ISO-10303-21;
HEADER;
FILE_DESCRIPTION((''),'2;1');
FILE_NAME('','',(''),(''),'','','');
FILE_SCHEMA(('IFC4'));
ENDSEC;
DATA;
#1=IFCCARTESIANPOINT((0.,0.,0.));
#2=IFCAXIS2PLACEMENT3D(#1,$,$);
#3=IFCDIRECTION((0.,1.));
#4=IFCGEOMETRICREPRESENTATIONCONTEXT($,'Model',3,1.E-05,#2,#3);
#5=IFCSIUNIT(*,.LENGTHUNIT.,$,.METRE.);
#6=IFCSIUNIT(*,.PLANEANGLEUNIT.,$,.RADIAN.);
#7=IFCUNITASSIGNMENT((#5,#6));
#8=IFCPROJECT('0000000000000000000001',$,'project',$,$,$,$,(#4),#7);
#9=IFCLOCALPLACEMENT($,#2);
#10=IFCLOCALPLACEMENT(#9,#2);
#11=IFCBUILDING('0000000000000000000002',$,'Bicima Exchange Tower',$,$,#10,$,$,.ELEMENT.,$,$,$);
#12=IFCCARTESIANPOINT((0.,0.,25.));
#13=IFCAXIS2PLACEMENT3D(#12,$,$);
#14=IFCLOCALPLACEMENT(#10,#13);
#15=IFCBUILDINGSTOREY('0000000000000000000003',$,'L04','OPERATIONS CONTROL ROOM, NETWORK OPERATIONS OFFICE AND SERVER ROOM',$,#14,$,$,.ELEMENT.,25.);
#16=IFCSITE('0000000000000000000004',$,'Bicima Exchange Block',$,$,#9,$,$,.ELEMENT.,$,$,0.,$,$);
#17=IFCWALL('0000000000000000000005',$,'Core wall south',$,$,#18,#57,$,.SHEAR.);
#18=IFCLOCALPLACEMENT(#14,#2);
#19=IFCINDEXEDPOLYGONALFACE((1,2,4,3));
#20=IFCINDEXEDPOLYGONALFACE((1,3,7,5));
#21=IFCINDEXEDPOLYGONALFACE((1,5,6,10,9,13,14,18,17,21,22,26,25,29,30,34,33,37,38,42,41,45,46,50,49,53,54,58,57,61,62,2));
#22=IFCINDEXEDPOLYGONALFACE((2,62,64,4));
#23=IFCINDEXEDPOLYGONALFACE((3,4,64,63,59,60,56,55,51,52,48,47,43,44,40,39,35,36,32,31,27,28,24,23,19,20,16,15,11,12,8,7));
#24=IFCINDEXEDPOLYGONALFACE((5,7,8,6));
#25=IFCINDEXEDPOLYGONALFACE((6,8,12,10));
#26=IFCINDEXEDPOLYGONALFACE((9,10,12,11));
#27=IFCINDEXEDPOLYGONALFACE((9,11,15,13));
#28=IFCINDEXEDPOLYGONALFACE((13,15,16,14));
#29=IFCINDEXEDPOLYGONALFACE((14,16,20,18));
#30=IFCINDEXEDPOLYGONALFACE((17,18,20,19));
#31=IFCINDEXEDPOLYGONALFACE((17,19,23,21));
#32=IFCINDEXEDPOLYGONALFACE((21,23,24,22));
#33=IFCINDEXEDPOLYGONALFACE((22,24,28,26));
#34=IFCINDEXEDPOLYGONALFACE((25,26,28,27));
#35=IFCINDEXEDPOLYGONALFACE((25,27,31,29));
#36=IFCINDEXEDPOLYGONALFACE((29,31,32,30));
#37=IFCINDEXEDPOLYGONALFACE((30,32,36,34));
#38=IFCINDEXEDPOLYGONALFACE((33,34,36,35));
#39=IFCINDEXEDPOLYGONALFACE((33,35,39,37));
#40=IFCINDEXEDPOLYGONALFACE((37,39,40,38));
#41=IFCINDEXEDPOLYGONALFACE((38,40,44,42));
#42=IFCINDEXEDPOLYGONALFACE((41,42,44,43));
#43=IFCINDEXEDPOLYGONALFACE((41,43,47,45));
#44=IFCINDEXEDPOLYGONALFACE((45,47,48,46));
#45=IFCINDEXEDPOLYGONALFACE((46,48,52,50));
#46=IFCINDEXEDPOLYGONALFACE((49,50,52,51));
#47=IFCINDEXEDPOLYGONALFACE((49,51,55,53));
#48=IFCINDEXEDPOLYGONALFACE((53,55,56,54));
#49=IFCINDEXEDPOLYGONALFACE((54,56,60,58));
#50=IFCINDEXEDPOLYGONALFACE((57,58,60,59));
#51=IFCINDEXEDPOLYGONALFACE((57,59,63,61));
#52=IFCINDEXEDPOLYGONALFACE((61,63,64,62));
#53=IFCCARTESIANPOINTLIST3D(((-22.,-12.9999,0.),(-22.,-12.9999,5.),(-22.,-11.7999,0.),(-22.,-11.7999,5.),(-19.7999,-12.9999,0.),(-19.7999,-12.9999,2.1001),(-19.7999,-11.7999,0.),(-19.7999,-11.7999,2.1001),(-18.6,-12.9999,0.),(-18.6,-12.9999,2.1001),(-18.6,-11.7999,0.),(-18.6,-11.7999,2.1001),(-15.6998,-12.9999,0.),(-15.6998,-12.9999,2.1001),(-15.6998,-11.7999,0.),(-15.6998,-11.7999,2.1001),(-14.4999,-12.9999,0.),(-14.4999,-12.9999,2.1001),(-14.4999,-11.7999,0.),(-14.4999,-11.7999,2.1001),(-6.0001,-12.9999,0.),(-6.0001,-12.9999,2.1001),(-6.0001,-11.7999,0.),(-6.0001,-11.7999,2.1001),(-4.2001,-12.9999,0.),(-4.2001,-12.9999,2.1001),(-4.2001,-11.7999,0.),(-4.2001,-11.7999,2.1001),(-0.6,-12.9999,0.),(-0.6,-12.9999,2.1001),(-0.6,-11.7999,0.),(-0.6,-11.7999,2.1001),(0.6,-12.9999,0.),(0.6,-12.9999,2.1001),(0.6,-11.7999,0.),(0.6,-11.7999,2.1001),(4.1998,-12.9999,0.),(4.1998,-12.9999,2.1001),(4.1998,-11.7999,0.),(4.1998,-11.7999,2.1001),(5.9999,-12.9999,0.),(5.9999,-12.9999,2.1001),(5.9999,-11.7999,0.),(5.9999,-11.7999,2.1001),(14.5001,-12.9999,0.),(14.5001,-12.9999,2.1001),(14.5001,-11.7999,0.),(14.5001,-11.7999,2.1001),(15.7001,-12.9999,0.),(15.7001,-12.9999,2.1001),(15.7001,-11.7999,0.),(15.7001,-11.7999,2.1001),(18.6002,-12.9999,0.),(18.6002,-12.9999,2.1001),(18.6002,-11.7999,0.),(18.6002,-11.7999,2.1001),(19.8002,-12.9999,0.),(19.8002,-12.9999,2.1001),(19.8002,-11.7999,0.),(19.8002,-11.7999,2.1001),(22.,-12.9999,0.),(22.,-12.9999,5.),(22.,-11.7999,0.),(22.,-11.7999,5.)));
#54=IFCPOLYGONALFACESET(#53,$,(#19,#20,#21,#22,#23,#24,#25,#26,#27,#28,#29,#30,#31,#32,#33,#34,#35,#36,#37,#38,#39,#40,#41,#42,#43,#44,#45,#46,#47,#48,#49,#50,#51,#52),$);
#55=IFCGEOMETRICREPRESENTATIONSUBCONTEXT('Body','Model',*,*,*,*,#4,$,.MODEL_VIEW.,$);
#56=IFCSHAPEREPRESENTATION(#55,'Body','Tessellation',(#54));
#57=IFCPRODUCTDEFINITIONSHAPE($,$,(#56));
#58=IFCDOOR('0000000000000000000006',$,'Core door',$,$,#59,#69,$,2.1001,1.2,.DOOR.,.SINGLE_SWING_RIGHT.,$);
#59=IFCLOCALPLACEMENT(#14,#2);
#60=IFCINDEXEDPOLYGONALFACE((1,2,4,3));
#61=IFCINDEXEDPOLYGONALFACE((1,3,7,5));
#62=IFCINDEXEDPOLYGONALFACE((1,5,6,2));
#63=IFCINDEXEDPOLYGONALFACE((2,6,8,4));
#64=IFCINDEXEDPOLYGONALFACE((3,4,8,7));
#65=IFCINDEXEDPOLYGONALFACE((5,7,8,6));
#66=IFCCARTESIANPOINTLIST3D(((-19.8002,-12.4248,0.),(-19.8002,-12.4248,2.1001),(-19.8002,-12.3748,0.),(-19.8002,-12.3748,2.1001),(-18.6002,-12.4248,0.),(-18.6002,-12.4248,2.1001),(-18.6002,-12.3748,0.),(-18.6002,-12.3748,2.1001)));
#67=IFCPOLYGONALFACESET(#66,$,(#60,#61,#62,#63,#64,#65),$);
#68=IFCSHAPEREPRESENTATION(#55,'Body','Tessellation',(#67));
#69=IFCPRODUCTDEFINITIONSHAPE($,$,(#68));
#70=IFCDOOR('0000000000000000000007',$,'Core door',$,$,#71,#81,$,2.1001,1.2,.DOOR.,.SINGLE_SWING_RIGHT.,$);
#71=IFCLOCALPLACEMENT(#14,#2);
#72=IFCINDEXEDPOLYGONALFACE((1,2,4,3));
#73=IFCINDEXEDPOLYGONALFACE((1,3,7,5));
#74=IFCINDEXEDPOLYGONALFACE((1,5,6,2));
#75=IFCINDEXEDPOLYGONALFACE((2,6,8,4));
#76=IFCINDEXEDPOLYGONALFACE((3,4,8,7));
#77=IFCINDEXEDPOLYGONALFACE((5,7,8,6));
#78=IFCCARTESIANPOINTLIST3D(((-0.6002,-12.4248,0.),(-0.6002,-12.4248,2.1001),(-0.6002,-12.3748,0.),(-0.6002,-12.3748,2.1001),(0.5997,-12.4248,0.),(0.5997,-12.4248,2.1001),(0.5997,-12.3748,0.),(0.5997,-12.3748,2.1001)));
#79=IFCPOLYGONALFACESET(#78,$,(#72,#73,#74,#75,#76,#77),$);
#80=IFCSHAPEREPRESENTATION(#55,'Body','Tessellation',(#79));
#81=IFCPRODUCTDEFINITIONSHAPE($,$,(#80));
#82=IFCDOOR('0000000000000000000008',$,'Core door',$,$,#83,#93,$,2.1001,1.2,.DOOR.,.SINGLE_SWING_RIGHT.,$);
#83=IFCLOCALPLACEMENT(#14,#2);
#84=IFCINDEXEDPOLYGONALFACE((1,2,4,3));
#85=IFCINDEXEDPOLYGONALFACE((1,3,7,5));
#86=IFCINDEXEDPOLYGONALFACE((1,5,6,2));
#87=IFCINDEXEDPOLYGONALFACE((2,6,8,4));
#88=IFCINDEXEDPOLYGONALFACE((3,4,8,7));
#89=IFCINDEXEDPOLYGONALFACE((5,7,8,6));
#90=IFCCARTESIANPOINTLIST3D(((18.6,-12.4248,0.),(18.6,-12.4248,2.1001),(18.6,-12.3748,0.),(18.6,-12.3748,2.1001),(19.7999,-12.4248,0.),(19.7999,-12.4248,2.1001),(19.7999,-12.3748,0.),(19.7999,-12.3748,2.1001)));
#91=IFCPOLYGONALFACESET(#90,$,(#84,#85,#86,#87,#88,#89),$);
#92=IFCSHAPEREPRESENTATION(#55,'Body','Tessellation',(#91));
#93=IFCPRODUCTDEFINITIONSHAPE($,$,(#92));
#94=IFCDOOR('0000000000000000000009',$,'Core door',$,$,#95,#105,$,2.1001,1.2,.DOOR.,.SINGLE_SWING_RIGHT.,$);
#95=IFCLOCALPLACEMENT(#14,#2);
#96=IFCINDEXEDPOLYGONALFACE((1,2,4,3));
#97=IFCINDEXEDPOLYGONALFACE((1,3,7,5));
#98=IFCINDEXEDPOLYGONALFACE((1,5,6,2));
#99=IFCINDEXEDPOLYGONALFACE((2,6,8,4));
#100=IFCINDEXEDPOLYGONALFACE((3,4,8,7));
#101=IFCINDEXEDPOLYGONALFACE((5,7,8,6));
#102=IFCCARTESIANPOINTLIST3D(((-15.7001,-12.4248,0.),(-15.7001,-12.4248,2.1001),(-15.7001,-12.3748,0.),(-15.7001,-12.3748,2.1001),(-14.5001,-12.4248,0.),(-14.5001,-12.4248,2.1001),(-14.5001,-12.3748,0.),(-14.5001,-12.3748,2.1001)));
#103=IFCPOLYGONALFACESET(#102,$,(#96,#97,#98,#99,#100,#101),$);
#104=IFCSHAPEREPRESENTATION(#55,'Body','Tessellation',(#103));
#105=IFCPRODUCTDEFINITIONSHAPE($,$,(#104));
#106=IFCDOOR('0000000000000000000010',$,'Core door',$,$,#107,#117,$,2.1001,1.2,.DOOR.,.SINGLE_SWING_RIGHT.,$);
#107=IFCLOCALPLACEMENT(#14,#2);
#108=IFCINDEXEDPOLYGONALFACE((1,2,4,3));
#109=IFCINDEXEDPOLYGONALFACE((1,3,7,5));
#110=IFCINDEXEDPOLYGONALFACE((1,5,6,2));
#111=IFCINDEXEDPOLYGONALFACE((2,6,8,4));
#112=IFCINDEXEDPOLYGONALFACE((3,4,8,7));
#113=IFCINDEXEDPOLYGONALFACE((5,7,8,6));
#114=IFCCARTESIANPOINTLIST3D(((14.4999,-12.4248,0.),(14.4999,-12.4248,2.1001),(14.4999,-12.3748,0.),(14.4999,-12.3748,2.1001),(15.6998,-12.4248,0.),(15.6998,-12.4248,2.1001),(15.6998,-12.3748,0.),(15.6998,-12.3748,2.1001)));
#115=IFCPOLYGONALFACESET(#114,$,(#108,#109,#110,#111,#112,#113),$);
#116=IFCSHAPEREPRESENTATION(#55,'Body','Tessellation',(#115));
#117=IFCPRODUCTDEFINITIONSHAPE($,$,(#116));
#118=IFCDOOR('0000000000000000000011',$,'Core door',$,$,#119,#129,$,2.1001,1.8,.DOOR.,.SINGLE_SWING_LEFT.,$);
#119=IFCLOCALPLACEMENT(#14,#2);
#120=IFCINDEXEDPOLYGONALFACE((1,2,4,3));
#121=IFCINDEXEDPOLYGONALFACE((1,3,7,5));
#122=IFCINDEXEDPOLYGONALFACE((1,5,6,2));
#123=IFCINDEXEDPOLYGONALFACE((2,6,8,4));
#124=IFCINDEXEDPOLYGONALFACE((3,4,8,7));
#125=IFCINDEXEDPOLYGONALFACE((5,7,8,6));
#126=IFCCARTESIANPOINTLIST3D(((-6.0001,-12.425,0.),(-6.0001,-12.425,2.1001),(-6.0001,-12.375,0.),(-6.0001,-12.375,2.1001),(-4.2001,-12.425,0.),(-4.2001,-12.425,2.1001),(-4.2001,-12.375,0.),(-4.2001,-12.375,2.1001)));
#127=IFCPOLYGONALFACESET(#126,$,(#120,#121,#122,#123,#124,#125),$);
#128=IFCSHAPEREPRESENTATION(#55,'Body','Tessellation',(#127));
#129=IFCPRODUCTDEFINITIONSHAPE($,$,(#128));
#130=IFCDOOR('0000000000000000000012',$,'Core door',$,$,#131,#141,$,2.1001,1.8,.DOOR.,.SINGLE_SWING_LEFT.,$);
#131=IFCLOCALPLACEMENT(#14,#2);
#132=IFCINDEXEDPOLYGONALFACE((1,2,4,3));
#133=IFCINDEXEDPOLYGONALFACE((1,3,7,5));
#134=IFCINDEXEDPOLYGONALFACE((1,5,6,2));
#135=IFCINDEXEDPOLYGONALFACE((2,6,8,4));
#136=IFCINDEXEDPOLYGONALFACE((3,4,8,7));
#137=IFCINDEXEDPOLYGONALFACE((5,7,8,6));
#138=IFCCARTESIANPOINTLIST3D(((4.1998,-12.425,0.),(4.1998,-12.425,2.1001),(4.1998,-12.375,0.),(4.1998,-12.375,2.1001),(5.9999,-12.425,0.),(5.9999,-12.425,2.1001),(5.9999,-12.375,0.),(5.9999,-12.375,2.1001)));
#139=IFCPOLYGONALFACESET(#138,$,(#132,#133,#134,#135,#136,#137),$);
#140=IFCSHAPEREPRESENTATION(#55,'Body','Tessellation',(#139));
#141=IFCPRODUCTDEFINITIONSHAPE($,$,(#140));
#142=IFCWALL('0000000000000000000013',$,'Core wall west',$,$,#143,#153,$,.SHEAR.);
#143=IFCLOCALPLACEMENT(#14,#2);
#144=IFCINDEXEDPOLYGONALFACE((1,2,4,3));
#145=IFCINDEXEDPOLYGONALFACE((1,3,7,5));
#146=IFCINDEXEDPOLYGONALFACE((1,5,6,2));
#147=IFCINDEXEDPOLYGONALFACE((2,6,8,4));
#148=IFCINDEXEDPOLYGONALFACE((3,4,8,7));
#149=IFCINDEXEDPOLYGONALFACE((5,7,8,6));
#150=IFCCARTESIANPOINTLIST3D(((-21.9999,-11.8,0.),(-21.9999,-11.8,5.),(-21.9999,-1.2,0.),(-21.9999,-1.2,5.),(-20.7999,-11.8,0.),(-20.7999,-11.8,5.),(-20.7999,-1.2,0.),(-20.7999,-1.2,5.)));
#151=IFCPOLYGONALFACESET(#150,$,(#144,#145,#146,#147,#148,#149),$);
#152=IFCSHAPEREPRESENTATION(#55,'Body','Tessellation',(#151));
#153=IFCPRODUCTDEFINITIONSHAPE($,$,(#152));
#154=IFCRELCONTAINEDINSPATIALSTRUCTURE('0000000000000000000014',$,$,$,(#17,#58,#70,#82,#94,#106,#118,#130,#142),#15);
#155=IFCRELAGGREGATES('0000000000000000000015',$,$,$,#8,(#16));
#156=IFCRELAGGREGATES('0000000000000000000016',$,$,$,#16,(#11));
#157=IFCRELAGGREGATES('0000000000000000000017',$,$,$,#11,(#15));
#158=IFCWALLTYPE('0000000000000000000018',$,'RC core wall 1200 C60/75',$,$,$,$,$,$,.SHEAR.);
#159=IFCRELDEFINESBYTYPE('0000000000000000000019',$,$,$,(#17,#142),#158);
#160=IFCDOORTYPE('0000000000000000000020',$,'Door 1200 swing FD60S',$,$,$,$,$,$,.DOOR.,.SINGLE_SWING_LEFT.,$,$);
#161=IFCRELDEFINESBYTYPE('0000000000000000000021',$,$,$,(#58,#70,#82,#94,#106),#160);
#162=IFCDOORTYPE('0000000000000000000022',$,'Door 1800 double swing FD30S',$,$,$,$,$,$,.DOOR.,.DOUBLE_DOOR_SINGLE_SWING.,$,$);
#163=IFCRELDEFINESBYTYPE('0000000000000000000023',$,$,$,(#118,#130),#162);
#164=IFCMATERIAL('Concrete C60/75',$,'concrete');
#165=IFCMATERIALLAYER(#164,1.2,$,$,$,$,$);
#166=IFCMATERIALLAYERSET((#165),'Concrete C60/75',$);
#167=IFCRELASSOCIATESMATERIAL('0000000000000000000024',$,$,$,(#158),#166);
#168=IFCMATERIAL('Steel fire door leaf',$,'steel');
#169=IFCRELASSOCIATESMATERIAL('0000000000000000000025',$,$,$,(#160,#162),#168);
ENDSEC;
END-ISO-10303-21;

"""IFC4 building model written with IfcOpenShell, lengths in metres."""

from ifc_helpers import new_model, si_unit, direction, frame, frame_2d, origin, place, context, subcontext, project, spatial, rectangle, extrude, material, layer, layer_set, type_object, element, fill, save


model = new_model("IFC4")

# Units and contexts
model_context = context("Model", 3, precision=1e-05, world=origin(), true_north=direction((0.0, 1.0)))
body_context = subcontext(model_context, "Body", "Model", "MODEL_VIEW")
ifc_project = project(units=[si_unit("LENGTHUNIT", "METRE"), si_unit("PLANEANGLEUNIT", "RADIAN")], contexts=[model_context])

# Site, building, storey
site_placement = place(None, origin())
site = spatial("IfcSite", under=ifc_project, at=site_placement, Name="Bicima Exchange Block", CompositionType="ELEMENT", RefElevation=0.0)
building_placement = place(site_placement, origin())
building = spatial("IfcBuilding", under=site, at=building_placement, Name="Bicima Exchange Tower", CompositionType="ELEMENT")
storey_placement = place(building_placement, frame((0.0, 0.0, 25.0)))
storey = spatial("IfcBuildingStorey", under=building, at=storey_placement, Name="L04", Description="OPERATIONS CONTROL ROOM, NETWORK OPERATIONS OFFICE AND SERVER ROOM", CompositionType="ELEMENT", Elevation=25.0)

# Wall, openings, doors
ifc_material_1 = material(Name="Steel fire door leaf", Category="steel")
ifc_material_2 = material(Name="Concrete C60/75", Category="concrete")
ifc_layer_1 = layer(ifc_material_2, 1.2)
ifc_layer_set_1 = layer_set([ifc_layer_1], Name="Concrete C60/75")
wall_type_1 = type_object("IfcWallType", Name="RC core wall 1200 C60/75", PredefinedType="SHEAR", material=ifc_layer_set_1)
wall_1_placement = place(storey_placement, frame((-22.0, -12.3999, 0.0), z_axis=(0.0, 0.0, 1.0), x_axis=(1.0, 0.0, 0.0)))
wall_1 = element("IfcWall", 1, at=wall_1_placement, inside=storey, type_object=wall_type_1, Name="Core wall south", PredefinedType="SHEAR", context=body_context, shape_type="SweptSolid", body=[
    extrude(rectangle(XDim=44.0, YDim=1.2, at=frame_2d((22.0, 0.0))), origin(), (0.0, 0.0, 1.0), 5.0),
])
opening_1_placement = place(wall_1_placement, frame((2.2, 0.0, 0.0)))
opening_1 = element("IfcOpeningElement", 2, at=opening_1_placement, cuts=wall_1, PredefinedType="OPENING", context=body_context, shape_type="SweptSolid", body=[
    extrude(rectangle(XDim=1.2, YDim=2.1001, at=frame_2d((0.6001, 1.05))), frame((0.0, 0.6118, 0.0), z_axis=(0.0, -1.0, 0.0), x_axis=(1.0, 0.0, 0.0)), (0.0, 0.0, 1.0), 1.2239),
])
opening_2_placement = place(wall_1_placement, frame((21.3999, 0.0, 0.0)))
opening_2 = element("IfcOpeningElement", 3, at=opening_2_placement, cuts=wall_1, PredefinedType="OPENING", context=body_context, shape_type="SweptSolid", body=[
    extrude(rectangle(XDim=1.2, YDim=2.1001, at=frame_2d((0.6001, 1.05))), frame((0.0, 0.6118, 0.0), z_axis=(0.0, -1.0, 0.0), x_axis=(1.0, 0.0, 0.0)), (0.0, 0.0, 1.0), 1.2239),
])
opening_3_placement = place(wall_1_placement, frame((40.6001, 0.0, 0.0)))
opening_3 = element("IfcOpeningElement", 4, at=opening_3_placement, cuts=wall_1, PredefinedType="OPENING", context=body_context, shape_type="SweptSolid", body=[
    extrude(rectangle(XDim=1.2, YDim=2.1001, at=frame_2d((0.6001, 1.05))), frame((0.0, 0.6118, 0.0), z_axis=(0.0, -1.0, 0.0), x_axis=(1.0, 0.0, 0.0)), (0.0, 0.0, 1.0), 1.2239),
])
opening_4_placement = place(wall_1_placement, frame((16.0, 0.0, 0.0)))
opening_4 = element("IfcOpeningElement", 5, at=opening_4_placement, cuts=wall_1, PredefinedType="OPENING", context=body_context, shape_type="SweptSolid", body=[
    extrude(rectangle(XDim=1.8, YDim=2.1001, at=frame_2d((0.8999, 1.05))), frame((0.0, 0.6118, 0.0), z_axis=(0.0, -1.0, 0.0), x_axis=(1.0, 0.0, 0.0)), (0.0, 0.0, 1.0), 1.2239),
])
opening_5_placement = place(wall_1_placement, frame((6.3, 0.0, 0.0)))
opening_5 = element("IfcOpeningElement", 6, at=opening_5_placement, cuts=wall_1, PredefinedType="OPENING", context=body_context, shape_type="SweptSolid", body=[
    extrude(rectangle(XDim=1.2, YDim=2.1001, at=frame_2d((0.6001, 1.05))), frame((0.0, 0.6118, 0.0), z_axis=(0.0, -1.0, 0.0), x_axis=(1.0, 0.0, 0.0)), (0.0, 0.0, 1.0), 1.2239),
])
opening_6_placement = place(wall_1_placement, frame((26.2, 0.0, 0.0)))
opening_6 = element("IfcOpeningElement", 7, at=opening_6_placement, cuts=wall_1, PredefinedType="OPENING", context=body_context, shape_type="SweptSolid", body=[
    extrude(rectangle(XDim=1.8, YDim=2.1001, at=frame_2d((0.8999, 1.05))), frame((0.0, 0.6118, 0.0), z_axis=(0.0, -1.0, 0.0), x_axis=(1.0, 0.0, 0.0)), (0.0, 0.0, 1.0), 1.2239),
])
opening_7_placement = place(wall_1_placement, frame((36.5, 0.0, 0.0)))
opening_7 = element("IfcOpeningElement", 8, at=opening_7_placement, cuts=wall_1, PredefinedType="OPENING", context=body_context, shape_type="SweptSolid", body=[
    extrude(rectangle(XDim=1.2, YDim=2.1001, at=frame_2d((0.6001, 1.05))), frame((0.0, 0.6118, 0.0), z_axis=(0.0, -1.0, 0.0), x_axis=(1.0, 0.0, 0.0)), (0.0, 0.0, 1.0), 1.2239),
])
door_type_1 = type_object("IfcDoorType", Name="Door 1200 swing FD60S", OperationType="SINGLE_SWING_LEFT", PredefinedType="DOOR", material=ifc_material_1)
door_1_placement = place(opening_1_placement, frame((1.2, 0.0, 0.0), z_axis=(0.0, 0.0, 1.0), x_axis=(-1.0, 0.0, 0.0)))
door_1 = element("IfcDoor", 9, at=door_1_placement, inside=storey, type_object=door_type_1, Name="Core door", OperationType="SINGLE_SWING_RIGHT", OverallHeight=2.1001, OverallWidth=1.2, PredefinedType="DOOR", context=body_context, shape_type="SweptSolid", body=[
    extrude(rectangle(XDim=1.2, YDim=2.1001, at=frame_2d((0.6001, 1.05))), frame((0.0, 0.0249, 0.0), z_axis=(0.0, -1.0, 0.0), x_axis=(1.0, 0.0, 0.0)), (0.0, 0.0, 1.0), 0.05),
])
fill(opening_1, door_1)
door_2_placement = place(opening_2_placement, frame((1.2, 0.0, 0.0), z_axis=(0.0, 0.0, 1.0), x_axis=(-1.0, 0.0, 0.0)))
door_2 = element("IfcDoor", 10, at=door_2_placement, inside=storey, type_object=door_type_1, Name="Core door", OperationType="SINGLE_SWING_RIGHT", OverallHeight=2.1001, OverallWidth=1.2, PredefinedType="DOOR", context=body_context, shape_type="SweptSolid", body=[
    extrude(rectangle(XDim=1.2, YDim=2.1001, at=frame_2d((0.6001, 1.05))), frame((0.0, 0.0249, 0.0), z_axis=(0.0, -1.0, 0.0), x_axis=(1.0, 0.0, 0.0)), (0.0, 0.0, 1.0), 0.05),
])
fill(opening_2, door_2)
door_3_placement = place(opening_3_placement, frame((1.2, 0.0, 0.0), z_axis=(0.0, 0.0, 1.0), x_axis=(-1.0, 0.0, 0.0)))
door_3 = element("IfcDoor", 11, at=door_3_placement, inside=storey, type_object=door_type_1, Name="Core door", OperationType="SINGLE_SWING_RIGHT", OverallHeight=2.1001, OverallWidth=1.2, PredefinedType="DOOR", context=body_context, shape_type="SweptSolid", body=[
    extrude(rectangle(XDim=1.2, YDim=2.1001, at=frame_2d((0.6001, 1.05))), frame((0.0, 0.0249, 0.0), z_axis=(0.0, -1.0, 0.0), x_axis=(1.0, 0.0, 0.0)), (0.0, 0.0, 1.0), 0.05),
])
fill(opening_3, door_3)
door_4_placement = place(opening_5_placement, frame((1.2, 0.0, 0.0), z_axis=(0.0, 0.0, 1.0), x_axis=(-1.0, 0.0, 0.0)))
door_4 = element("IfcDoor", 12, at=door_4_placement, inside=storey, type_object=door_type_1, Name="Core door", OperationType="SINGLE_SWING_RIGHT", OverallHeight=2.1001, OverallWidth=1.2, PredefinedType="DOOR", context=body_context, shape_type="SweptSolid", body=[
    extrude(rectangle(XDim=1.2, YDim=2.1001, at=frame_2d((0.6001, 1.05))), frame((0.0, 0.0249, 0.0), z_axis=(0.0, -1.0, 0.0), x_axis=(1.0, 0.0, 0.0)), (0.0, 0.0, 1.0), 0.05),
])
fill(opening_5, door_4)
door_5_placement = place(opening_7_placement, frame((1.2, 0.0, 0.0), z_axis=(0.0, 0.0, 1.0), x_axis=(-1.0, 0.0, 0.0)))
door_5 = element("IfcDoor", 13, at=door_5_placement, inside=storey, type_object=door_type_1, Name="Core door", OperationType="SINGLE_SWING_RIGHT", OverallHeight=2.1001, OverallWidth=1.2, PredefinedType="DOOR", context=body_context, shape_type="SweptSolid", body=[
    extrude(rectangle(XDim=1.2, YDim=2.1001, at=frame_2d((0.6001, 1.05))), frame((0.0, 0.0249, 0.0), z_axis=(0.0, -1.0, 0.0), x_axis=(1.0, 0.0, 0.0)), (0.0, 0.0, 1.0), 0.05),
])
fill(opening_7, door_5)
door_type_2 = type_object("IfcDoorType", Name="Door 1800 double swing FD30S", OperationType="DOUBLE_DOOR_SINGLE_SWING", PredefinedType="DOOR", material=ifc_material_1)
door_6_placement = place(opening_4_placement, origin())
door_6 = element("IfcDoor", 14, at=door_6_placement, inside=storey, type_object=door_type_2, Name="Core door", OperationType="SINGLE_SWING_LEFT", OverallHeight=2.1001, OverallWidth=1.8, PredefinedType="DOOR", context=body_context, shape_type="SweptSolid", body=[
    extrude(rectangle(XDim=1.8, YDim=2.1001, at=frame_2d((0.8999, 1.05))), frame((0.0, 0.0249, 0.0), z_axis=(0.0, -1.0, 0.0), x_axis=(1.0, 0.0, 0.0)), (0.0, 0.0, 1.0), 0.05),
])
fill(opening_4, door_6)
door_7_placement = place(opening_6_placement, origin())
door_7 = element("IfcDoor", 15, at=door_7_placement, inside=storey, type_object=door_type_2, Name="Core door", OperationType="SINGLE_SWING_LEFT", OverallHeight=2.1001, OverallWidth=1.8, PredefinedType="DOOR", context=body_context, shape_type="SweptSolid", body=[
    extrude(rectangle(XDim=1.8, YDim=2.1001, at=frame_2d((0.8999, 1.05))), frame((0.0, 0.0249, 0.0), z_axis=(0.0, -1.0, 0.0), x_axis=(1.0, 0.0, 0.0)), (0.0, 0.0, 1.0), 0.05),
])
fill(opening_6, door_7)

# Wall
wall_2_placement = place(storey_placement, frame((-21.3999, -11.8, 0.0), z_axis=(0.0, 0.0, 1.0), x_axis=(0.0, 1.0, 0.0)))
element("IfcWall", 16, at=wall_2_placement, inside=storey, type_object=wall_type_1, Name="Core wall west", PredefinedType="SHEAR", context=body_context, shape_type="SweptSolid", body=[
    extrude(rectangle(XDim=10.6001, YDim=1.2, at=frame_2d((5.3, 0.0))), origin(), (0.0, 0.0, 1.0), 5.0),
])

save(model, "model.ifc")
